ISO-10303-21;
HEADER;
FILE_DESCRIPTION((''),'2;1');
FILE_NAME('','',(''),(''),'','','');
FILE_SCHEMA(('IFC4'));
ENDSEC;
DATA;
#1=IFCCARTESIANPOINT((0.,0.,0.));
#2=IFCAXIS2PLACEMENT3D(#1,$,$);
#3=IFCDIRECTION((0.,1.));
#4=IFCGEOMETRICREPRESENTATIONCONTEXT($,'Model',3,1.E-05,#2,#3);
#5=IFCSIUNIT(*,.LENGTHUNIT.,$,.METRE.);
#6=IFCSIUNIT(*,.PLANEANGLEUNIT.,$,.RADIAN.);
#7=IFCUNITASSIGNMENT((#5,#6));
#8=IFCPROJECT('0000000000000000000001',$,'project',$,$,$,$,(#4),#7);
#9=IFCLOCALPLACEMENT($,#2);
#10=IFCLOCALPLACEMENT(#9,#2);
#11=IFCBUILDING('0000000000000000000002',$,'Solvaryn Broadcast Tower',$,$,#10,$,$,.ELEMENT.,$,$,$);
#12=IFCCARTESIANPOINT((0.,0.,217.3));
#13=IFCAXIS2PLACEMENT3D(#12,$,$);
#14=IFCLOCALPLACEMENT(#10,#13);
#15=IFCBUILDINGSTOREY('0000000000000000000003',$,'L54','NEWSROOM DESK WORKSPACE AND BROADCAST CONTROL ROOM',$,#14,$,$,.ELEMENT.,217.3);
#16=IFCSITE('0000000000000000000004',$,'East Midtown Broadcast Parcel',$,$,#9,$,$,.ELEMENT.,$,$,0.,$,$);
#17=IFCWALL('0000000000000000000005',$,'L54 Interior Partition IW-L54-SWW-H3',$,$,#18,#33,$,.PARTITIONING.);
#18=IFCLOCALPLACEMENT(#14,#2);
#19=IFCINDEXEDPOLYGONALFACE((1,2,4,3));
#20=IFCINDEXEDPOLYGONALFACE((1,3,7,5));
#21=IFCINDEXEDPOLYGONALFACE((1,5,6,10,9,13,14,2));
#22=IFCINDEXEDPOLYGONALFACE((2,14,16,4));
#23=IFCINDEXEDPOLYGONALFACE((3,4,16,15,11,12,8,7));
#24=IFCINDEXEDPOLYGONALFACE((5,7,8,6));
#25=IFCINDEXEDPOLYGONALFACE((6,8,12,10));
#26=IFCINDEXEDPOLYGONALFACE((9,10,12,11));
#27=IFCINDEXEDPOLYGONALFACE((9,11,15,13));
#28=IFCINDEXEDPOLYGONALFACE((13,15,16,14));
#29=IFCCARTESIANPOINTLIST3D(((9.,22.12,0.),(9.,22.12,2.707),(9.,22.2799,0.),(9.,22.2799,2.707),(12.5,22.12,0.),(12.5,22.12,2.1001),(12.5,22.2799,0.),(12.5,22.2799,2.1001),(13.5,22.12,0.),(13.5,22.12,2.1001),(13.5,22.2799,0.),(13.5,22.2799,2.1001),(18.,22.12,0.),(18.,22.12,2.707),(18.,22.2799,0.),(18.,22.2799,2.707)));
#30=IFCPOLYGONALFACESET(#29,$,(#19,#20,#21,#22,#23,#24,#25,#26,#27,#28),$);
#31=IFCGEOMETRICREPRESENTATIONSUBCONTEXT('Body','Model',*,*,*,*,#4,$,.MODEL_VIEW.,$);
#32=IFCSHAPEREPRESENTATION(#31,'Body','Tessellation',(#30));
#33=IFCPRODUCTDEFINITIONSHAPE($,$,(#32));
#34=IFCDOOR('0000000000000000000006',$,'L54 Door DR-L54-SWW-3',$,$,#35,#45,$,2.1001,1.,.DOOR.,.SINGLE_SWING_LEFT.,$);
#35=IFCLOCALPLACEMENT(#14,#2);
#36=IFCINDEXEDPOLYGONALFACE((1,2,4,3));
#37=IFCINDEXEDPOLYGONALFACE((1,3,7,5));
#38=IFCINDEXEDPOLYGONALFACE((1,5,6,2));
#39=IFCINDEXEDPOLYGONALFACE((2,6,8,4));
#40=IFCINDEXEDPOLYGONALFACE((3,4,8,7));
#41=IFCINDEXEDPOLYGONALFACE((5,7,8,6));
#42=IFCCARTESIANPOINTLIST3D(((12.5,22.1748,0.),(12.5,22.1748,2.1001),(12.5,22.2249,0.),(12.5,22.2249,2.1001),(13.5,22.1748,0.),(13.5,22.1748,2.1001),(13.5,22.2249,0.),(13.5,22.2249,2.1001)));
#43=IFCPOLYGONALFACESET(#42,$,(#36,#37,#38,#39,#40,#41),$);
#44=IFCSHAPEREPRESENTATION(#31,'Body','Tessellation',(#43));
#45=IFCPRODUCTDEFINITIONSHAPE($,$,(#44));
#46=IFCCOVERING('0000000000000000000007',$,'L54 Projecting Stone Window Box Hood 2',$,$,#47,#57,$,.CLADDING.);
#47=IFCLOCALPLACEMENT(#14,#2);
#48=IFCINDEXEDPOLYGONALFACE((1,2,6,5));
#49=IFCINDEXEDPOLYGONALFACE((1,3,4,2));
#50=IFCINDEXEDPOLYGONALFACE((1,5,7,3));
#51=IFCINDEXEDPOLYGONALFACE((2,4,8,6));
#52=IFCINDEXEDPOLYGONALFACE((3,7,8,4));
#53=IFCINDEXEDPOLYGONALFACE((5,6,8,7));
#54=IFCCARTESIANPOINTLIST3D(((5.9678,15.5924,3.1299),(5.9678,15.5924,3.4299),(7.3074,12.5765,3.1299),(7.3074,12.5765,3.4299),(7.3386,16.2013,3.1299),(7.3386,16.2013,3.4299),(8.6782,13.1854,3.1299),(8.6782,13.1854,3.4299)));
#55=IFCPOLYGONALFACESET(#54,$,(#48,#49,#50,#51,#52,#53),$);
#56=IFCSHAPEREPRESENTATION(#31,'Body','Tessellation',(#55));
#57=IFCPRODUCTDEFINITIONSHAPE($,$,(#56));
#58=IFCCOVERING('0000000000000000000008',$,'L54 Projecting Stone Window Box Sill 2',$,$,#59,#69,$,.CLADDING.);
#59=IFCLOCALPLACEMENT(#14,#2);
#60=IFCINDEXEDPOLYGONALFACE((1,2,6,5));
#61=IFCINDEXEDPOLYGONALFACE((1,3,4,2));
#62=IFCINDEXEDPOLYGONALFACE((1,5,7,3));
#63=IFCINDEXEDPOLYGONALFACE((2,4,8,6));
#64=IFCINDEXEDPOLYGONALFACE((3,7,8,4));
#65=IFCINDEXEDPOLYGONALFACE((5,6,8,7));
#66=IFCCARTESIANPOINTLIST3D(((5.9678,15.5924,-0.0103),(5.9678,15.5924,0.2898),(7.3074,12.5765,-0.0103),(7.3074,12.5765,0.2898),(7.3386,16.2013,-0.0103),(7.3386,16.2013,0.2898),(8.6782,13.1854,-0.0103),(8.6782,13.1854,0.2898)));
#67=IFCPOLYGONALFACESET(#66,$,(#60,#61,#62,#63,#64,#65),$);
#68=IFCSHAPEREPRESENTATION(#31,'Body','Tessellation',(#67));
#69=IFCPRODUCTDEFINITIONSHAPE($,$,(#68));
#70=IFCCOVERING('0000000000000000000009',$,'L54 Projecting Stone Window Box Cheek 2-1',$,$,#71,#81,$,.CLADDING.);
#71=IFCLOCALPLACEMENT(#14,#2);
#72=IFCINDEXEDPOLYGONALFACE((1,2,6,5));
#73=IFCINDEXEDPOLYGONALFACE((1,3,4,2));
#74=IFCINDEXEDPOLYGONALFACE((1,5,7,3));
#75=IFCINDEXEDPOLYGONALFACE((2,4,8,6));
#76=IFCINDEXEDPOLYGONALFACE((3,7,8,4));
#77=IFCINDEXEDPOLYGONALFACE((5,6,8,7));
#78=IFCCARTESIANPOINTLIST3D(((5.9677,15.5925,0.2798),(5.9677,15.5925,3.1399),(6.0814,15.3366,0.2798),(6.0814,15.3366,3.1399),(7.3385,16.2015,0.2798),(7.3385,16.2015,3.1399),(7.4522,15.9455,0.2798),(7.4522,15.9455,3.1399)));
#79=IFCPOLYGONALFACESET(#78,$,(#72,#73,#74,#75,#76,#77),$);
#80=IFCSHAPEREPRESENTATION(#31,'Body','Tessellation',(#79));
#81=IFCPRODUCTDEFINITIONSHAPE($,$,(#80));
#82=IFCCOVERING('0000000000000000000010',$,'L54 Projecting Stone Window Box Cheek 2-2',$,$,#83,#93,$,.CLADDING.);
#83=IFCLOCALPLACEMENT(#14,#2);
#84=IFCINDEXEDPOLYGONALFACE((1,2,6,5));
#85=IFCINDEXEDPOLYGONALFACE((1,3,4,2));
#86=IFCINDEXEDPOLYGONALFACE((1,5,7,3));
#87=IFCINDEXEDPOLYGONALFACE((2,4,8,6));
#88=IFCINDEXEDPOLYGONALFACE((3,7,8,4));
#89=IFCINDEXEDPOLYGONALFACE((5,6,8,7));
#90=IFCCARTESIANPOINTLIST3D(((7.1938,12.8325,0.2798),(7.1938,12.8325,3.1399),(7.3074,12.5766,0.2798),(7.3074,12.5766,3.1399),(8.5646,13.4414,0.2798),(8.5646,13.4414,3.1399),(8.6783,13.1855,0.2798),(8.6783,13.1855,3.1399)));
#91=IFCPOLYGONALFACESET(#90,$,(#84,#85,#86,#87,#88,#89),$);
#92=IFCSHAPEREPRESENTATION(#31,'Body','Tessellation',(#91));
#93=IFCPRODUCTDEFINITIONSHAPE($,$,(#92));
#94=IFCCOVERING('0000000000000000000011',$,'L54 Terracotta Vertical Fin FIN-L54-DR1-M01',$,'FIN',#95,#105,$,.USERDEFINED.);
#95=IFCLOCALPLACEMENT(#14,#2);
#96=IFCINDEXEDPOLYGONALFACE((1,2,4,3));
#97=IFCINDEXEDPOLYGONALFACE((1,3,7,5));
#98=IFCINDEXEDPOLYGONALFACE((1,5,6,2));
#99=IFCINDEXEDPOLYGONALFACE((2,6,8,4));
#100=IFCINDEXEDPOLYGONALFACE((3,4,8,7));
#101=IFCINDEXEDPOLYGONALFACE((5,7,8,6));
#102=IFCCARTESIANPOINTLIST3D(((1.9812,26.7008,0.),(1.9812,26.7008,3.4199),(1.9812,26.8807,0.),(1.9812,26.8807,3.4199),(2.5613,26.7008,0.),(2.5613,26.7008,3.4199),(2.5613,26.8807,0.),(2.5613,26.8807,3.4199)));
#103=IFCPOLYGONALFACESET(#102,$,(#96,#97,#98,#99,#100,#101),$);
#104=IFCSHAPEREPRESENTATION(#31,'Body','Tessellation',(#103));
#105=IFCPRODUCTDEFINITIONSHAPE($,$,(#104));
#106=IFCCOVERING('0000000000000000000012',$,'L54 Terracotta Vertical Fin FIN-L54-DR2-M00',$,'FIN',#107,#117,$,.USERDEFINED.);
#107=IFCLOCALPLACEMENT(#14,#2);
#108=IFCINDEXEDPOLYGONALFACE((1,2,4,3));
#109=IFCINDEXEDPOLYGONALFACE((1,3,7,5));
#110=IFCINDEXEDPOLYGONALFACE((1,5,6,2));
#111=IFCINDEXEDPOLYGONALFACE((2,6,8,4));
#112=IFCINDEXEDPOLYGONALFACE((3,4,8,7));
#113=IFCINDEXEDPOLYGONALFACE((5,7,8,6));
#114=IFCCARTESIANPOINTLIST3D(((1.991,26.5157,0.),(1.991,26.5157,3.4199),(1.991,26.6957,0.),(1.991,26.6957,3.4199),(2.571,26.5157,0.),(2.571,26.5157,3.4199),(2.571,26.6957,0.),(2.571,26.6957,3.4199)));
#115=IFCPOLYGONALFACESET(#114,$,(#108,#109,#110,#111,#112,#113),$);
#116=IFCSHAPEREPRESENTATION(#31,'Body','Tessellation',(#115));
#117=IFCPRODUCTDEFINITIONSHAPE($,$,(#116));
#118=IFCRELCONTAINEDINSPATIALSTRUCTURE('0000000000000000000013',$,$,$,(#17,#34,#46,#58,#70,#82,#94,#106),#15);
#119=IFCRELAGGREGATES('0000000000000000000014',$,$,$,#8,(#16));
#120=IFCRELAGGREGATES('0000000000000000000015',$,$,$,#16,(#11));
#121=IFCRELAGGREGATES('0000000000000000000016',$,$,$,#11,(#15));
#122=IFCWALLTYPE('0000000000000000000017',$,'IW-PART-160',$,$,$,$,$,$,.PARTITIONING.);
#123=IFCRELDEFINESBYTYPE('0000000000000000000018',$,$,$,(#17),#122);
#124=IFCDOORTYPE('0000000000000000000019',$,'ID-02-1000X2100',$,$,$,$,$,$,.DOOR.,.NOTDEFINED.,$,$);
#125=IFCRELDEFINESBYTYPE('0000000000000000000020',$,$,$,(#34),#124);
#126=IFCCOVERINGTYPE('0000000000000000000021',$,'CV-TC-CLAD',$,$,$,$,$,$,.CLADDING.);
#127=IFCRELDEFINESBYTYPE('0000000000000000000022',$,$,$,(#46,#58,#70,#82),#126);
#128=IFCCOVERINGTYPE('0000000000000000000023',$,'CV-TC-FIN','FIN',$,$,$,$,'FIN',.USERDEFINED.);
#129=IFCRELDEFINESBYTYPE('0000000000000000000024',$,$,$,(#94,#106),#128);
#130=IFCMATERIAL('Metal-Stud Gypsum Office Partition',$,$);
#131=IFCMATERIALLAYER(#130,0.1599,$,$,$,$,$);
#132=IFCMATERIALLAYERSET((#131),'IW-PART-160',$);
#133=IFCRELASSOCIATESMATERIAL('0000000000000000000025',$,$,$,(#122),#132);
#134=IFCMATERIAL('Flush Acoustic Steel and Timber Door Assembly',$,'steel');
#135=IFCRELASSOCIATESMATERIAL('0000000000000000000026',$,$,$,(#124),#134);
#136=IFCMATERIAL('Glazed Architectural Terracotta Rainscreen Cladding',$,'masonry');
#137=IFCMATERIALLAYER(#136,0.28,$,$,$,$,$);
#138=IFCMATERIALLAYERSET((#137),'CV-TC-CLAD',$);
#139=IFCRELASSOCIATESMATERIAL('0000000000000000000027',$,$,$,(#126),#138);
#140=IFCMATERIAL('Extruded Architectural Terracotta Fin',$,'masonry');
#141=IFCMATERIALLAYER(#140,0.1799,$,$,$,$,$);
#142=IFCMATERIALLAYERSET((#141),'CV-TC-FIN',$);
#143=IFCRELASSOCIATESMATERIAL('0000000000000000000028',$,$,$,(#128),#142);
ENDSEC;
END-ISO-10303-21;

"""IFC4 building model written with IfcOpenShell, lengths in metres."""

from ifc_helpers import new_model, si_unit, direction, frame, frame_2d, origin, origin_2d, place, context, subcontext, project, spatial, rectangle, extrude, material, layer, layer_set, type_object, element, fill, save


model = new_model("IFC4")

# Units and contexts
model_context = context("Model", 3, precision=1e-05, world=origin(), true_north=direction((0.0, 1.0)))
body_context = subcontext(model_context, "Body", "Model", "MODEL_VIEW")
ifc_project = project(units=[si_unit("LENGTHUNIT", "METRE"), si_unit("PLANEANGLEUNIT", "RADIAN")], contexts=[model_context])

# Site, building, storey
site_placement = place(None, origin())
site = spatial("IfcSite", under=ifc_project, at=site_placement, Name="East Midtown Broadcast Parcel", CompositionType="ELEMENT", RefElevation=0.0)
building_placement = place(site_placement, origin())
building = spatial("IfcBuilding", under=site, at=building_placement, Name="Solvaryn Broadcast Tower", CompositionType="ELEMENT")
storey_placement = place(building_placement, frame((0.0, 0.0, 217.3)))
storey = spatial("IfcBuildingStorey", under=building, at=storey_placement, Name="L54", Description="NEWSROOM DESK WORKSPACE AND BROADCAST CONTROL ROOM", CompositionType="ELEMENT", Elevation=217.3)

# Wall, opening, door
ifc_material_1 = material(Name="Metal-Stud Gypsum Office Partition")
ifc_layer_1 = layer(ifc_material_1, 0.1599)
ifc_layer_set_1 = layer_set([ifc_layer_1], Name="IW-PART-160")
wall_type = type_object("IfcWallType", Name="IW-PART-160", PredefinedType="PARTITIONING", material=ifc_layer_set_1)
wall_1_placement = place(storey_placement, frame((9.0, 22.2, 0.0), z_axis=(0.0, 0.0, 1.0), x_axis=(1.0, 0.0, 0.0)))
wall_1 = element("IfcWall", 1, at=wall_1_placement, inside=storey, type_object=wall_type, Name="L54 Interior Partition IW-L54-SWW-H3", PredefinedType="PARTITIONING", context=body_context, shape_type="SweptSolid", body=[
    extrude(rectangle(XDim=9.0, YDim=0.1599, at=frame_2d((4.5, 0.0))), origin(), (0.0, 0.0, 1.0), 2.707),
])
opening_1_placement = place(wall_1_placement, frame((3.5, 0.0, 0.0)))
opening_1 = element("IfcOpeningElement", 2, at=opening_1_placement, cuts=wall_1, PredefinedType="OPENING", context=body_context, shape_type="SweptSolid", body=[
    extrude(rectangle(XDim=1.0, YDim=2.1001, at=frame_2d((0.5, 1.05))), frame((0.0, 0.0901, 0.0), z_axis=(0.0, -1.0, 0.0), x_axis=(1.0, 0.0, 0.0)), (0.0, 0.0, 1.0), 0.1799),
])
ifc_material_2 = material(Name="Flush Acoustic Steel and Timber Door Assembly", Category="steel")
door_type_1 = type_object("IfcDoorType", Name="ID-02-1000X2100", OperationType="NOTDEFINED", PredefinedType="DOOR", material=ifc_material_2)
door_1_placement = place(opening_1_placement, origin())
door_1 = element("IfcDoor", 3, at=door_1_placement, inside=storey, type_object=door_type_1, Name="L54 Door DR-L54-SWW-3", OperationType="SINGLE_SWING_LEFT", OverallHeight=2.1001, OverallWidth=1.0, PredefinedType="DOOR", context=body_context, shape_type="SweptSolid", body=[
    extrude(rectangle(XDim=1.0, YDim=2.1001, at=frame_2d((0.5, 1.05))), frame((0.0, 0.0249, 0.0), z_axis=(0.0, -1.0, 0.0), x_axis=(1.0, 0.0, 0.0)), (0.0, 0.0, 1.0), 0.05),
])
fill(opening_1, door_1)

# Coverings
ifc_material_3 = material(Name="Glazed Architectural Terracotta Rainscreen Cladding", Category="masonry")
ifc_layer_2 = layer(ifc_material_3, 0.28)
ifc_layer_set_2 = layer_set([ifc_layer_2], Name="CV-TC-CLAD")
covering_type_1 = type_object("IfcCoveringType", Name="CV-TC-CLAD", PredefinedType="CLADDING", material=ifc_layer_set_2)
for number, where, z_axis, x_axis, name in (
    (4, (7.323, 14.3889, 3.1299), (0.0, 0.0, 1.0), (0.405939, -0.9139, 0.0), "L54 Projecting Stone Window Box Hood 2"),
    (5, (7.323, 14.3889, -0.0103), (0.0, 0.0, 1.0), (0.405939, -0.9139, 0.0), "L54 Projecting Stone Window Box Sill 2"),
):
    element("IfcCovering", number, at=place(storey_placement, frame(where, z_axis=z_axis, x_axis=x_axis)), inside=storey, type_object=covering_type_1, Name=name, PredefinedType="CLADDING", context=body_context, shape_type="SweptSolid", body=[
        extrude(rectangle(XDim=3.3, YDim=1.5, at=origin_2d()), origin(), (0.0, 0.0, 1.0), 0.3),
    ])
for number, where, z_axis, x_axis, name in (
    (6, (6.71, 15.769, 0.2798), (0.0, 0.0, 1.0), (0.405939, -0.9139, 0.0), "L54 Projecting Stone Window Box Cheek 2-1"),
    (7, (7.936, 13.009, 0.2798), (0.0, 0.0, 1.0), (0.405939, -0.9139, 0.0), "L54 Projecting Stone Window Box Cheek 2-2"),
):
    element("IfcCovering", number, at=place(storey_placement, frame(where, z_axis=z_axis, x_axis=x_axis)), inside=storey, type_object=covering_type_1, Name=name, PredefinedType="CLADDING", context=body_context, shape_type="SweptSolid", body=[
        extrude(rectangle(XDim=0.28, YDim=1.5, at=origin_2d()), origin(), (0.0, 0.0, 1.0), 2.8601),
    ])
ifc_material_4 = material(Name="Extruded Architectural Terracotta Fin", Category="masonry")
ifc_layer_3 = layer(ifc_material_4, 0.1799)
ifc_layer_set_3 = layer_set([ifc_layer_3], Name="CV-TC-FIN")
covering_type_2 = type_object("IfcCoveringType", Name="CV-TC-FIN", Description="FIN", ElementType="FIN", PredefinedType="USERDEFINED", material=ifc_layer_set_3)
for number, where, z_axis, x_axis, name in (
    (8, (2.2712, 26.7908, 0.0), (0.0, 0.0, 1.0), (1.0, 0.0, 0.0), "L54 Terracotta Vertical Fin FIN-L54-DR1-M01"),
    (9, (2.281, 26.6057, 0.0), (0.0, 0.0, 1.0), (1.0, 0.0, 0.0), "L54 Terracotta Vertical Fin FIN-L54-DR2-M00"),
):
    element("IfcCovering", number, at=place(storey_placement, frame(where, z_axis=z_axis, x_axis=x_axis)), inside=storey, type_object=covering_type_2, Name=name, ObjectType="FIN", PredefinedType="USERDEFINED", context=body_context, shape_type="SweptSolid", body=[
        extrude(rectangle(XDim=0.5801, YDim=0.1799, at=origin_2d()), origin(), (0.0, 0.0, 1.0), 3.4199),
    ])

save(model, "model.ifc")
